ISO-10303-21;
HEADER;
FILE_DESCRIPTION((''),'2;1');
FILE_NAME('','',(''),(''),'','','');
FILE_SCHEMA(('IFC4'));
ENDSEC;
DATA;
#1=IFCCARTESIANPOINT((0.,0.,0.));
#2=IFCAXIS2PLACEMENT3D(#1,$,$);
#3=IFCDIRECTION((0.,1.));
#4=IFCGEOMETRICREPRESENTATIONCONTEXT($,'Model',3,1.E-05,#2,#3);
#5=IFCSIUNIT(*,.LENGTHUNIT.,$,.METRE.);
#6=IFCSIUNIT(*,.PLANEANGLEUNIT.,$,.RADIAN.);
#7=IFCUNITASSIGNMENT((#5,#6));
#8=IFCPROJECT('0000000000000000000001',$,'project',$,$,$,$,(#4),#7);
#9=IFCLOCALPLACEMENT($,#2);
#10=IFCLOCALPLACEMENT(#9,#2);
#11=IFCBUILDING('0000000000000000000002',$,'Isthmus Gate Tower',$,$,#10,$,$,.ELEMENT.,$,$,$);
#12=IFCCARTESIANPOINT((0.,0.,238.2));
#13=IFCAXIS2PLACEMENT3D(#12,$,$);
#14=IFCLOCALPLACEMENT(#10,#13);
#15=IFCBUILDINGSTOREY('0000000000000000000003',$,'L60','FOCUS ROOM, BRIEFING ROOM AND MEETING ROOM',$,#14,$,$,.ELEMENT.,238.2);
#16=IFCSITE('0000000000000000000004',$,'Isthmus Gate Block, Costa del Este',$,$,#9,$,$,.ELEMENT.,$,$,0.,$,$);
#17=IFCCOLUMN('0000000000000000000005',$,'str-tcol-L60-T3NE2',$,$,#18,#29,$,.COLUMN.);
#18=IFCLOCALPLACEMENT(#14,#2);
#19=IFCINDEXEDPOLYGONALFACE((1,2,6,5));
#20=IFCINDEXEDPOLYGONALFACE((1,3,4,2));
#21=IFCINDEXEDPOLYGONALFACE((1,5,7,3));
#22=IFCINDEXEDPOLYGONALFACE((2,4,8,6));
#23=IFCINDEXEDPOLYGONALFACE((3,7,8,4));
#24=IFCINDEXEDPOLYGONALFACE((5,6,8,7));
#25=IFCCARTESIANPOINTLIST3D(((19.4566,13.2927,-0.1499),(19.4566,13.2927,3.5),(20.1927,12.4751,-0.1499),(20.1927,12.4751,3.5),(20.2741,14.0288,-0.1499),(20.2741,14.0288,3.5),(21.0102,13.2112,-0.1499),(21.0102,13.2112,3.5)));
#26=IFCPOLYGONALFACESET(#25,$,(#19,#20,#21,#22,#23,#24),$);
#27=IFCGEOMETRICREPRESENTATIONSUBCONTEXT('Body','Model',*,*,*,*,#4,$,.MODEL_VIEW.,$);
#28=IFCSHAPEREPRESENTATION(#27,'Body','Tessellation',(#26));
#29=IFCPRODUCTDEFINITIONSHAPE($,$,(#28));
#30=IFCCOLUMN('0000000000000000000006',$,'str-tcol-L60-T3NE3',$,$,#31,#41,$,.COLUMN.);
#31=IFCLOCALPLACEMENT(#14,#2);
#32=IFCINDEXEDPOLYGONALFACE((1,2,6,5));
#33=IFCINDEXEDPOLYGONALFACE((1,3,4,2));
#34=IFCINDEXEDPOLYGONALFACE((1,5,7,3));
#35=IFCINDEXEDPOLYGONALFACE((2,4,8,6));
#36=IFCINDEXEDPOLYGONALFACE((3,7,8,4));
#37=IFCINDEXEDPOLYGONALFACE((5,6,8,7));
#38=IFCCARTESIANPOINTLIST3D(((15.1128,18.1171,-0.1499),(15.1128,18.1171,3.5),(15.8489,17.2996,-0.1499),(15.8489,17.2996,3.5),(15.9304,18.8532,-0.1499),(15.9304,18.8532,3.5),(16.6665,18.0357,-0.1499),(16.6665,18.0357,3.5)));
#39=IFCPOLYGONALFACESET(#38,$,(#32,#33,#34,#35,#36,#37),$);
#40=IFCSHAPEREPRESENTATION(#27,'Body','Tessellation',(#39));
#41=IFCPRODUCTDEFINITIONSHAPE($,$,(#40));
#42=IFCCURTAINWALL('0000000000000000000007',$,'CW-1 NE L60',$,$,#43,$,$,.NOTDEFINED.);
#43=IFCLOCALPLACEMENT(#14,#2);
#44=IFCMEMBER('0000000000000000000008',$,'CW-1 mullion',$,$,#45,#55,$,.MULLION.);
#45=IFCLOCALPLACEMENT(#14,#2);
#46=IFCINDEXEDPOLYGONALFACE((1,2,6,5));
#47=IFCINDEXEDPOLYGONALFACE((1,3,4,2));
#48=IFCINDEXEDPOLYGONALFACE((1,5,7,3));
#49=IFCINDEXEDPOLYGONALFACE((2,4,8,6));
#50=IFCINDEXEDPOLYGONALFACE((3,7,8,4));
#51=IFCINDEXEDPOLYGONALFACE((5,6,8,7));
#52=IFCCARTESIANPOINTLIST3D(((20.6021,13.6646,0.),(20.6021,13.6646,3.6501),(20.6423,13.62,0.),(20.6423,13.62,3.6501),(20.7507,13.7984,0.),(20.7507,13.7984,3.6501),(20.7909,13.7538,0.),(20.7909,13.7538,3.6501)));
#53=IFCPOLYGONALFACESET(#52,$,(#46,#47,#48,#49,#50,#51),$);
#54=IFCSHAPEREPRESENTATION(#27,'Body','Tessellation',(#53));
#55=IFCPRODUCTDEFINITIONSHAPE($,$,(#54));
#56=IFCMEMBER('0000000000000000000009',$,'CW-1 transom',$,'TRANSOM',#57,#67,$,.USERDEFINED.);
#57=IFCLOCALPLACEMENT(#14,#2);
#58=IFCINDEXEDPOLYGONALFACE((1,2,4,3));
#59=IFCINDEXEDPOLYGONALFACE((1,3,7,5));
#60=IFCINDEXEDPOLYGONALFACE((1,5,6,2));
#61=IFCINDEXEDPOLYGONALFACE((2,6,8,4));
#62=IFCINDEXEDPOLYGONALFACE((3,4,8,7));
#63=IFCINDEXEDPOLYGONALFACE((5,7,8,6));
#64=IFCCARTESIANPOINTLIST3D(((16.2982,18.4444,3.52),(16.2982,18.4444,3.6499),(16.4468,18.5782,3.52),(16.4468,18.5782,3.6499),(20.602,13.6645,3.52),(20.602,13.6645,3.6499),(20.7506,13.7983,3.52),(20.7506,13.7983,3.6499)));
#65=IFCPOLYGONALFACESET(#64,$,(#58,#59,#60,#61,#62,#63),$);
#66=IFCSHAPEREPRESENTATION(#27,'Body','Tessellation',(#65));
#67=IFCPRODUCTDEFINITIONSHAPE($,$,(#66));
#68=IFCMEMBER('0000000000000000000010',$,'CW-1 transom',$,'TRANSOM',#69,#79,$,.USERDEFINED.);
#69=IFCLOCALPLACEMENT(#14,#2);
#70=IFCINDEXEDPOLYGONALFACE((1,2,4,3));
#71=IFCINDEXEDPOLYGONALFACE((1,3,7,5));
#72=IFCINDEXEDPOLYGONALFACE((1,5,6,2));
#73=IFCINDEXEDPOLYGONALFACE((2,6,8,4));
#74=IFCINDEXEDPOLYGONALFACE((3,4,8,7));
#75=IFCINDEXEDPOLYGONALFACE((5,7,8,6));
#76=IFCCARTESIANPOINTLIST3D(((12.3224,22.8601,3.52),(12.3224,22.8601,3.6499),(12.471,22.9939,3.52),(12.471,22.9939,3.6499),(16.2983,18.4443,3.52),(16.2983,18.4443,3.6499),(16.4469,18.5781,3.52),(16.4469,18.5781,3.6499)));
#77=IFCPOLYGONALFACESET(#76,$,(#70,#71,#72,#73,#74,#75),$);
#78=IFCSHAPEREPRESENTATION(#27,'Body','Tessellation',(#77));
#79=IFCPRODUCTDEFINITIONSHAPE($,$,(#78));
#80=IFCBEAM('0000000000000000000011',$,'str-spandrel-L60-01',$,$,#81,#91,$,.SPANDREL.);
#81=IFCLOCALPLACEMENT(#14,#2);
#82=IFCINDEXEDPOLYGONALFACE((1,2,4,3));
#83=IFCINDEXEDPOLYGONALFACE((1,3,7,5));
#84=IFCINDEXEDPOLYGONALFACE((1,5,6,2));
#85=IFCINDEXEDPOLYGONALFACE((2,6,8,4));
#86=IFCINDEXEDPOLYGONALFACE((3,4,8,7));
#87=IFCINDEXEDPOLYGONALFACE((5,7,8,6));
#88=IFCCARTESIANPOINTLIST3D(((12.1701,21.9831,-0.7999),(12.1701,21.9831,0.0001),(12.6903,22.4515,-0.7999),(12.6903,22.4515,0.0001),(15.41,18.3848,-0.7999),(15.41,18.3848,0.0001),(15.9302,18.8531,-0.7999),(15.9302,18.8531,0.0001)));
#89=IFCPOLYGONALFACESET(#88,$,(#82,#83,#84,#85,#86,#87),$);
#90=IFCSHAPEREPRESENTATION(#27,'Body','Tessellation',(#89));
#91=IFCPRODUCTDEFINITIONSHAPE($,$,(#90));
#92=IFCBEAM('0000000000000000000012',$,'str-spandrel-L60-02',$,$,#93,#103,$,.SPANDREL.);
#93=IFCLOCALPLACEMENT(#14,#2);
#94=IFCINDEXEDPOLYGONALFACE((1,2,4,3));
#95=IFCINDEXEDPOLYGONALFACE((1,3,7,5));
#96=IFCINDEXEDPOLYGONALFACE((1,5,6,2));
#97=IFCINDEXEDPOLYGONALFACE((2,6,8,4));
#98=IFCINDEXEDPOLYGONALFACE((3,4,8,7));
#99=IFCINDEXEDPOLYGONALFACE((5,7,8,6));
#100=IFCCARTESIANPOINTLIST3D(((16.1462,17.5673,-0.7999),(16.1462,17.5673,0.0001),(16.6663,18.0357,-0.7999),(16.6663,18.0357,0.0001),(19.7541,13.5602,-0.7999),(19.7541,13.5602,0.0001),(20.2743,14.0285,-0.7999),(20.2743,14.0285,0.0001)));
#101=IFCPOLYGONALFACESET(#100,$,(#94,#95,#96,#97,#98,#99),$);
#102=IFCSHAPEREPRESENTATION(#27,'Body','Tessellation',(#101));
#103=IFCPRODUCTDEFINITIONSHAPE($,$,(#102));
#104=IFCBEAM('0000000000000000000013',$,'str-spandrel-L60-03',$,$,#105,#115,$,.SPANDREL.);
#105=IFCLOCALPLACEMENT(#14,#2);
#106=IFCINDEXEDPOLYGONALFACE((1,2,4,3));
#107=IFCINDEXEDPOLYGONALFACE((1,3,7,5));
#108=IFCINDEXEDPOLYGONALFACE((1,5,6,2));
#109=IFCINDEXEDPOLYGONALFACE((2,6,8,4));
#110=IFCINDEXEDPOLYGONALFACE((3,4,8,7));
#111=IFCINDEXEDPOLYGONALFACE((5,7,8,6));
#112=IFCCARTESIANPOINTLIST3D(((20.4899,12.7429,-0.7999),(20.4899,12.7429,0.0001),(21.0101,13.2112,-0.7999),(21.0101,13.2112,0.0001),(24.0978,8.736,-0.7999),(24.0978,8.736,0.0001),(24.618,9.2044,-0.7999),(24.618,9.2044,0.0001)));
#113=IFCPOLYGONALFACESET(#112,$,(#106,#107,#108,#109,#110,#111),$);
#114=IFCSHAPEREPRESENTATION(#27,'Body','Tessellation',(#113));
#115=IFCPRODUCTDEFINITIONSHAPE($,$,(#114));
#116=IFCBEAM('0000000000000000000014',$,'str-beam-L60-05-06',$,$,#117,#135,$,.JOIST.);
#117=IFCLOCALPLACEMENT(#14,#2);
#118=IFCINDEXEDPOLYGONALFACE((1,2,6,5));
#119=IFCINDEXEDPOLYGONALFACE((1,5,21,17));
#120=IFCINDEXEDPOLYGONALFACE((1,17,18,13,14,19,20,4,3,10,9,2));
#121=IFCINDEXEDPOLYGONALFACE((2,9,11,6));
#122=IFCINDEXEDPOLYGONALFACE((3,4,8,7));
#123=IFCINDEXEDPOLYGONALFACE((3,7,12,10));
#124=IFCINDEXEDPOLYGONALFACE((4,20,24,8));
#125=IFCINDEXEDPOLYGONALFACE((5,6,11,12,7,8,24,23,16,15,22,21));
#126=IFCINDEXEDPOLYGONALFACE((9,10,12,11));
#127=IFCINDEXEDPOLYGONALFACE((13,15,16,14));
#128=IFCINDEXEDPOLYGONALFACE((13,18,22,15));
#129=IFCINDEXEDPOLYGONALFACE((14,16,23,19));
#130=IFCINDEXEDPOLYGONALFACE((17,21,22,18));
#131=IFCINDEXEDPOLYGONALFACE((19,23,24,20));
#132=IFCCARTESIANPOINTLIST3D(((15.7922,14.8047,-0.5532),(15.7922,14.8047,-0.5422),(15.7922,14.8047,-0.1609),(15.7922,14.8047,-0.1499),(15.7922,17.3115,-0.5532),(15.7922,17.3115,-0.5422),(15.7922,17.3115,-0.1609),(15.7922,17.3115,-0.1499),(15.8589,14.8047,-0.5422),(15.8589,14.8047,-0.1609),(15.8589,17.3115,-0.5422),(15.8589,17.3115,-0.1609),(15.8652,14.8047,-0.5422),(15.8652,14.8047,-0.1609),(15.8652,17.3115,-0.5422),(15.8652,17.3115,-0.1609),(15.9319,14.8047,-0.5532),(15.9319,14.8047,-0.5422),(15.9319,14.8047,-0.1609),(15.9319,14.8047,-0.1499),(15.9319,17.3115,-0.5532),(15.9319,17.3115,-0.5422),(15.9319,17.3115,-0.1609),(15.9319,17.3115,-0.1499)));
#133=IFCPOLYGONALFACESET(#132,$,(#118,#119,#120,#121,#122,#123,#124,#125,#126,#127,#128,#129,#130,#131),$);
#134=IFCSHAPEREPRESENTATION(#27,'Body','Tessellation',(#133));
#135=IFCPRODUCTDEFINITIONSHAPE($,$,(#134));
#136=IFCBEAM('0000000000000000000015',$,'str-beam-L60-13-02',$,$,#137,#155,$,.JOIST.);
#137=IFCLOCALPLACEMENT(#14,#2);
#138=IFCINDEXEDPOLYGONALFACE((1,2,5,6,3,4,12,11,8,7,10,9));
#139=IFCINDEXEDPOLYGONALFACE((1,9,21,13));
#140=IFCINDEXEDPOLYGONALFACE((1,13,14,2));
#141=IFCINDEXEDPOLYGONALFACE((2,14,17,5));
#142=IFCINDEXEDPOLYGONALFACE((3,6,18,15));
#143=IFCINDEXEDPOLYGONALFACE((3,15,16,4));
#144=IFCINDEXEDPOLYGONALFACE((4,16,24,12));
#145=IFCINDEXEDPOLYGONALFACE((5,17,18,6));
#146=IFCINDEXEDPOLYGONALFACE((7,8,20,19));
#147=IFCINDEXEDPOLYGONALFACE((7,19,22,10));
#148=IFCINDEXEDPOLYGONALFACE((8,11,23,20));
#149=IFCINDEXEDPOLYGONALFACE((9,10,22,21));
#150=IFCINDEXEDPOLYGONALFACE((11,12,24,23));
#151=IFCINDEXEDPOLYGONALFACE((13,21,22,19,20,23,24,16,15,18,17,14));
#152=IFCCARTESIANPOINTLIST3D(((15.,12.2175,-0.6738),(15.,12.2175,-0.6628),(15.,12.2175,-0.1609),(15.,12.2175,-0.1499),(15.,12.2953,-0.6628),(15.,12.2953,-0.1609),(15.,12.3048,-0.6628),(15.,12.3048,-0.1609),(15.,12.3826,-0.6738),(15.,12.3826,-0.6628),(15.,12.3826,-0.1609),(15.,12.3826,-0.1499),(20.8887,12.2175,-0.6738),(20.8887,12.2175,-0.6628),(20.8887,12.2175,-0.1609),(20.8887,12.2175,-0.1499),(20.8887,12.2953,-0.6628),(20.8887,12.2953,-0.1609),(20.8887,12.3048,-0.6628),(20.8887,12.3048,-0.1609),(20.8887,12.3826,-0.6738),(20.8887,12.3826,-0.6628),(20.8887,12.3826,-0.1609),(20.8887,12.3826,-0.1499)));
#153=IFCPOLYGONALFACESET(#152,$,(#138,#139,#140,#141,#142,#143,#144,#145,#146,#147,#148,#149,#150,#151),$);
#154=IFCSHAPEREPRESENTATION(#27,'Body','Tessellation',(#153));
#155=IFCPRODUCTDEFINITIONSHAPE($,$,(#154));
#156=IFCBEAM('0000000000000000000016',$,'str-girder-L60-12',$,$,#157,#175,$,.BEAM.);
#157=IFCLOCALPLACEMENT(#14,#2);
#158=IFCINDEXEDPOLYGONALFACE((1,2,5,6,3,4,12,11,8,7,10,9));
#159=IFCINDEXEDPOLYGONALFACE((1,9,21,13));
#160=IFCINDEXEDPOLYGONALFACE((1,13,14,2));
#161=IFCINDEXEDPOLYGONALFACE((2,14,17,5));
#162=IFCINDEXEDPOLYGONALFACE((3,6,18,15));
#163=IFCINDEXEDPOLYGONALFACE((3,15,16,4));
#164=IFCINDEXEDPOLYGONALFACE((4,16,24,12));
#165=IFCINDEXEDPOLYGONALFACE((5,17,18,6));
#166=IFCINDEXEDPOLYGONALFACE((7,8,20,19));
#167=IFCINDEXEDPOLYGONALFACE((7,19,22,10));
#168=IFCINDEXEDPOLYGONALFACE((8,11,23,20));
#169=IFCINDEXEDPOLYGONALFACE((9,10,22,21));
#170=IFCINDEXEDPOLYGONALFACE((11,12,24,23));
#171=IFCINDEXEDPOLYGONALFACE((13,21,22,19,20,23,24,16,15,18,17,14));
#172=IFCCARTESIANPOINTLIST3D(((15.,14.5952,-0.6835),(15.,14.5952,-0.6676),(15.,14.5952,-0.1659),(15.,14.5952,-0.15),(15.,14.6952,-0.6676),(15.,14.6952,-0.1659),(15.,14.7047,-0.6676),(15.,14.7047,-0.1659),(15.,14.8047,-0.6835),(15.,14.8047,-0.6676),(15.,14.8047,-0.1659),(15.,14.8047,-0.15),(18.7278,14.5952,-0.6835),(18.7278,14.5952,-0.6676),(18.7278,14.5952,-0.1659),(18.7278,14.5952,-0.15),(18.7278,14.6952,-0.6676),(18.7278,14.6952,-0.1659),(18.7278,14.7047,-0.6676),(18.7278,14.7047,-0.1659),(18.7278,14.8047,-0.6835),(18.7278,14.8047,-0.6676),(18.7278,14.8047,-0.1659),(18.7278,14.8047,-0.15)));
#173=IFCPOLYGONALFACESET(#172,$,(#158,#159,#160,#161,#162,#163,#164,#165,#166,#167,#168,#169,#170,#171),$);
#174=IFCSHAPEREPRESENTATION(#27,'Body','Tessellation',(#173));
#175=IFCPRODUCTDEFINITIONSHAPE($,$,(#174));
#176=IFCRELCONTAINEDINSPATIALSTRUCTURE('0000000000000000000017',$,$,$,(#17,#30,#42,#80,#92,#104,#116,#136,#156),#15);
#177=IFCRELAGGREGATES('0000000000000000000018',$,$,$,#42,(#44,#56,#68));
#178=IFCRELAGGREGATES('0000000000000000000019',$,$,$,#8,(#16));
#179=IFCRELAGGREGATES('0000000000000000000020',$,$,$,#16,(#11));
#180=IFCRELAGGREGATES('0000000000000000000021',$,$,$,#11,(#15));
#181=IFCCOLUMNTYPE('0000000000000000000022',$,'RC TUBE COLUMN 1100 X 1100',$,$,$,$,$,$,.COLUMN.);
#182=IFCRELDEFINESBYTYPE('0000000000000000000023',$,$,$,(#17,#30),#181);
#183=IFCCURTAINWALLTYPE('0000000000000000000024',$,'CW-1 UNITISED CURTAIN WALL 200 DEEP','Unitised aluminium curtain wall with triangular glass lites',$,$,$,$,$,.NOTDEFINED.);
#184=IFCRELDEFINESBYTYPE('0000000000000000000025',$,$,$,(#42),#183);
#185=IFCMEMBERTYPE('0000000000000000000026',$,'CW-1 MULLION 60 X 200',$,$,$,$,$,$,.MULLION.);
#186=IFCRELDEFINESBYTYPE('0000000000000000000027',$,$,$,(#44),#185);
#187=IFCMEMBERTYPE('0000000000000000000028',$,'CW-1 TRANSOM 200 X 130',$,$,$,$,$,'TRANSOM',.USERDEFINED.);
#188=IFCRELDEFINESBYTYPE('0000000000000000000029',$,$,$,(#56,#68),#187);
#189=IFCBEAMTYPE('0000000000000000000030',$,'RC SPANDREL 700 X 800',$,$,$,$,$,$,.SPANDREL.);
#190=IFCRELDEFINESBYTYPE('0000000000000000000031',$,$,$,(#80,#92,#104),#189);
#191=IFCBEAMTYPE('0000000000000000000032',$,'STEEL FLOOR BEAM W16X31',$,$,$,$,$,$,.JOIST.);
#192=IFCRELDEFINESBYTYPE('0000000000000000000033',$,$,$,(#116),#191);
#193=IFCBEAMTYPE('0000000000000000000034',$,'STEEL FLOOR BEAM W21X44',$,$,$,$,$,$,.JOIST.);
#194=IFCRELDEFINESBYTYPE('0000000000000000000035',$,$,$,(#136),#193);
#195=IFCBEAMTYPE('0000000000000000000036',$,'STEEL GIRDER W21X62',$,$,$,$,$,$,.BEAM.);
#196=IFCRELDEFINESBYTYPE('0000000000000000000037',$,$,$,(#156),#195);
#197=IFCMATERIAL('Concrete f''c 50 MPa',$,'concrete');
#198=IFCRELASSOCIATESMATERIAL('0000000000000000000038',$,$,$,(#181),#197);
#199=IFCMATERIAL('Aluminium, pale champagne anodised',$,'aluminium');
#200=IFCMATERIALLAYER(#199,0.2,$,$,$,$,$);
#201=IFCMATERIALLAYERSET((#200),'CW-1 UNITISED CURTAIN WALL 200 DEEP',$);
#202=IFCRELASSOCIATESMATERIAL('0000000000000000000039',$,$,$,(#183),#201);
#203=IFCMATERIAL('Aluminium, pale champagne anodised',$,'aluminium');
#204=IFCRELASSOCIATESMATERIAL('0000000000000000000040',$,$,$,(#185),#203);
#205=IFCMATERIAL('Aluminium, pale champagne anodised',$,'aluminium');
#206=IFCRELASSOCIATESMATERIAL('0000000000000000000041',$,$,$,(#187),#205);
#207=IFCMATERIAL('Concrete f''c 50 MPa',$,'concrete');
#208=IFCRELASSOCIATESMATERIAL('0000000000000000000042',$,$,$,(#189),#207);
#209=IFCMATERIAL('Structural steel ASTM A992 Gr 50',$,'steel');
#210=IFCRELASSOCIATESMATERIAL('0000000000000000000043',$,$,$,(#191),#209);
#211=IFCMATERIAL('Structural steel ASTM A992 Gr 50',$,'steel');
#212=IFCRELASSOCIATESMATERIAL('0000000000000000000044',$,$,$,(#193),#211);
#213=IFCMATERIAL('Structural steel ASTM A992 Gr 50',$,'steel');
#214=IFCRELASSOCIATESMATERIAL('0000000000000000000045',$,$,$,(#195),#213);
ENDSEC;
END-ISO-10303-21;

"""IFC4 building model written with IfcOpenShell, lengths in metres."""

from ifc_helpers import new_model, si_unit, direction, frame, origin, origin_2d, place, context, subcontext, project, spatial, rectangle, i_section, extrude, material, layer, layer_set, material_profile, profile_set, type_object, element, aggregate, save


model = new_model("IFC4")

# Units and contexts
model_context = context("Model", 3, precision=1e-05, world=origin(), true_north=direction((0.0, 1.0)))
body_context = subcontext(model_context, "Body", "Model", "MODEL_VIEW")
ifc_project = project(units=[si_unit("LENGTHUNIT", "METRE"), si_unit("PLANEANGLEUNIT", "RADIAN")], contexts=[model_context])

# Site, building, storey
site_placement = place(None, origin())
site = spatial("IfcSite", under=ifc_project, at=site_placement, Name="Isthmus Gate Block, Costa del Este", CompositionType="ELEMENT", RefElevation=0.0)
building_placement = place(site_placement, origin())
building = spatial("IfcBuilding", under=site, at=building_placement, Name="Isthmus Gate Tower", CompositionType="ELEMENT")
storey_placement = place(building_placement, frame((0.0, 0.0, 238.2)))
storey = spatial("IfcBuildingStorey", under=building, at=storey_placement, Name="L60", Description="FOCUS ROOM, BRIEFING ROOM AND MEETING ROOM", CompositionType="ELEMENT", Elevation=238.2)

# Columns
ifc_material_1 = material(Name="Concrete f'c 50 MPa", Category="concrete")
ifc_material_profile_1 = material_profile(ifc_material_1, rectangle(XDim=1.1001, YDim=1.1001, at=origin_2d()), Name="RC 1100X1100")
ifc_profile_set_1 = profile_set([ifc_material_profile_1], Name="Concrete f'c 50 MPa")
column_type = type_object("IfcColumnType", Name="RC TUBE COLUMN 1100 X 1100", PredefinedType="COLUMN", material=ifc_profile_set_1)
for number, where, z_axis, x_axis, name in (
    (1, (20.2334, 13.252, -0.1499), (0.0, 0.0, 1.0), (-0.669131, 0.743145, 0.0), "str-tcol-L60-T3NE2"),
    (2, (15.8896, 18.0764, -0.1499), (0.0, 0.0, 1.0), (-0.669131, 0.743145, 0.0), "str-tcol-L60-T3NE3"),
):
    element("IfcColumn", number, at=place(storey_placement, frame(where, z_axis=z_axis, x_axis=x_axis)), inside=storey, type_object=column_type, Name=name, PredefinedType="COLUMN", context=body_context, shape_type="SweptSolid", body=[
        extrude(rectangle(XDim=1.1001, YDim=1.1001, at=origin_2d()), origin(), (0.0, 0.0, 1.0), 3.6499),
    ])

# Curtain wall, members
ifc_material_2 = material(Name="Aluminium, pale champagne anodised", Category="aluminium")
ifc_layer_1 = layer(ifc_material_2, 0.2)
ifc_layer_set_1 = layer_set([ifc_layer_1], Name="CW-1 UNITISED CURTAIN WALL 200 DEEP")
curtain_wall_type = type_object("IfcCurtainWallType", Name="CW-1 UNITISED CURTAIN WALL 200 DEEP", Description="Unitised aluminium curtain wall with triangular glass lites", PredefinedType="NOTDEFINED", material=ifc_layer_set_1)
curtain_wall_placement = place(storey_placement, origin())
curtain_wall = element("IfcCurtainWall", 3, at=curtain_wall_placement, inside=storey, type_object=curtain_wall_type, Name="CW-1 NE L60", PredefinedType="NOTDEFINED")
ifc_material_3 = material(Name="Aluminium, pale champagne anodised", Category="aluminium")
ifc_material_profile_2 = material_profile(ifc_material_3, rectangle(XDim=0.0601, YDim=0.2, at=origin_2d()), Name="60x200")
ifc_profile_set_2 = profile_set([ifc_material_profile_2], Name="Aluminium, pale champagne anodised")
member_type_1 = type_object("IfcMemberType", Name="CW-1 MULLION 60 X 200", PredefinedType="MULLION", material=ifc_profile_set_2)
member_1_placement = place(storey_placement, frame((20.6965, 13.7092, 0.0), z_axis=(0.0, 0.0, 1.0), x_axis=(-0.669131, 0.743145, 0.0)))
member_1 = element("IfcMember", 4, at=member_1_placement, type_object=member_type_1, Name="CW-1 mullion", PredefinedType="MULLION", context=body_context, shape_type="SweptSolid", body=[
    extrude(rectangle(XDim=0.0601, YDim=0.2, at=origin_2d()), origin(), (0.0, 0.0, 1.0), 3.6501),
])
ifc_material_4 = material(Name="Aluminium, pale champagne anodised", Category="aluminium")
ifc_material_profile_3 = material_profile(ifc_material_4, rectangle(XDim=0.2, YDim=0.1299, at=origin_2d()), Name="200x130")
ifc_profile_set_3 = profile_set([ifc_material_profile_3], Name="Aluminium, pale champagne anodised")
member_type_2 = type_object("IfcMemberType", Name="CW-1 TRANSOM 200 X 130", ElementType="TRANSOM", PredefinedType="USERDEFINED", material=ifc_profile_set_3)
member_2_placement = place(storey_placement, frame((20.6763, 13.7314, 3.585), z_axis=(-0.669128, 0.743147, 0.0), x_axis=(-0.743147, -0.669128, 0.0)))
member_2 = element("IfcMember", 5, at=member_2_placement, type_object=member_type_2, Name="CW-1 transom", ObjectType="TRANSOM", PredefinedType="USERDEFINED", context=body_context, shape_type="SweptSolid", body=[
    extrude(rectangle(XDim=0.2, YDim=0.1299, at=origin_2d()), origin(), (0.0, 0.0, 1.0), 6.4319),
])
member_3_placement = place(storey_placement, frame((16.3726, 18.5112, 3.585), z_axis=(-0.669117, 0.743157, 0.0), x_axis=(-0.743157, -0.669117, 0.0)))
member_3 = element("IfcMember", 6, at=member_3_placement, type_object=member_type_2, Name="CW-1 transom", ObjectType="TRANSOM", PredefinedType="USERDEFINED", context=body_context, shape_type="SweptSolid", body=[
    extrude(rectangle(XDim=0.2, YDim=0.1299, at=origin_2d()), origin(), (0.0, 0.0, 1.0), 5.9419),
])

# Beams
ifc_material_5 = material(Name="Concrete f'c 50 MPa", Category="concrete")
ifc_material_profile_4 = material_profile(ifc_material_5, rectangle(XDim=0.7, YDim=0.8, at=origin_2d()), Name="RC 700X800")
ifc_profile_set_4 = profile_set([ifc_material_profile_4], Name="Concrete f'c 50 MPa")
beam_type_1 = type_object("IfcBeamType", Name="RC SPANDREL 700 X 800", PredefinedType="SPANDREL", material=ifc_profile_set_4)
beam_1_placement = place(storey_placement, frame((12.4302, 22.2173, -0.3999), z_axis=(0.669129, -0.743146, 0.0), x_axis=(0.743146, 0.669129, 0.0)))
element("IfcBeam", 7, at=beam_1_placement, inside=storey, type_object=beam_type_1, Name="str-spandrel-L60-01", PredefinedType="SPANDREL", context=body_context, shape_type="SweptSolid", body=[
    extrude(rectangle(XDim=0.7, YDim=0.8, at=origin_2d()), origin(), (0.0, 0.0, 1.0), 4.842),
])
beam_2_placement = place(storey_placement, frame((16.4062, 17.8015, -0.3999), z_axis=(0.669122, -0.743152, 0.0), x_axis=(0.743152, 0.669122, 0.0)))
element("IfcBeam", 8, at=beam_2_placement, inside=storey, type_object=beam_type_1, Name="str-spandrel-L60-02", PredefinedType="SPANDREL", context=body_context, shape_type="SweptSolid", body=[
    extrude(rectangle(XDim=0.7, YDim=0.8, at=origin_2d()), origin(), (0.0, 0.0, 1.0), 5.3921),
])
beam_3_placement = place(storey_placement, frame((20.75, 12.9771, -0.3999), z_axis=(0.669145, -0.743132, 0.0), x_axis=(0.743132, 0.669145, 0.0)))
element("IfcBeam", 9, at=beam_3_placement, inside=storey, type_object=beam_type_1, Name="str-spandrel-L60-03", PredefinedType="SPANDREL", context=body_context, shape_type="SweptSolid", body=[
    extrude(rectangle(XDim=0.7, YDim=0.8, at=origin_2d()), origin(), (0.0, 0.0, 1.0), 5.3918),
])
ifc_material_6 = material(Name="Structural steel ASTM A992 Gr 50", Category="steel")
ifc_material_profile_5 = material_profile(ifc_material_6, i_section(OverallWidth=0.1396, OverallDepth=0.4033, WebThickness=0.0063, FlangeThickness=0.011, at=origin_2d()), Name="W16X31")
ifc_profile_set_5 = profile_set([ifc_material_profile_5], Name="Structural steel ASTM A992 Gr 50")
beam_type_2 = type_object("IfcBeamType", Name="STEEL FLOOR BEAM W16X31", PredefinedType="JOIST", material=ifc_profile_set_5)
beam_4_placement = place(storey_placement, frame((15.8621, 14.8047, -0.3516), z_axis=(0.0, 1.0, 0.0), x_axis=(-1.0, 0.0, 0.0)))
element("IfcBeam", 10, at=beam_4_placement, inside=storey, type_object=beam_type_2, Name="str-beam-L60-05-06", PredefinedType="JOIST", context=body_context, shape_type="SweptSolid", body=[
    extrude(i_section(OverallWidth=0.1396, OverallDepth=0.4033, WebThickness=0.0063, FlangeThickness=0.011, at=origin_2d()), origin(), (0.0, 0.0, 1.0), 2.5068),
])
ifc_material_7 = material(Name="Structural steel ASTM A992 Gr 50", Category="steel")
ifc_material_profile_6 = material_profile(ifc_material_7, i_section(OverallWidth=0.165, OverallDepth=0.5239, WebThickness=0.0095, FlangeThickness=0.011, at=origin_2d()), Name="W21X44")
ifc_profile_set_6 = profile_set([ifc_material_profile_6], Name="Structural steel ASTM A992 Gr 50")
beam_type_3 = type_object("IfcBeamType", Name="STEEL FLOOR BEAM W21X44", PredefinedType="JOIST", material=ifc_profile_set_6)
beam_5_placement = place(storey_placement, frame((15.0, 12.3, -0.4119), z_axis=(1.0, 0.0, 0.0), x_axis=(0.0, 1.0, 0.0)))
element("IfcBeam", 11, at=beam_5_placement, inside=storey, type_object=beam_type_3, Name="str-beam-L60-13-02", PredefinedType="JOIST", context=body_context, shape_type="SweptSolid", body=[
    extrude(i_section(OverallWidth=0.165, OverallDepth=0.5239, WebThickness=0.0095, FlangeThickness=0.011, at=origin_2d()), origin(), (0.0, 0.0, 1.0), 5.8887),
])
ifc_material_8 = material(Name="Structural steel ASTM A992 Gr 50", Category="steel")
ifc_material_profile_7 = material_profile(ifc_material_8, i_section(OverallWidth=0.2095, OverallDepth=0.5334, WebThickness=0.0095, FlangeThickness=0.0159, at=origin_2d()), Name="W21X62")
ifc_profile_set_7 = profile_set([ifc_material_profile_7], Name="Structural steel ASTM A992 Gr 50")
beam_type_4 = type_object("IfcBeamType", Name="STEEL GIRDER W21X62", PredefinedType="BEAM", material=ifc_profile_set_7)
beam_6_placement = place(storey_placement, frame((15.0, 14.7, -0.4167), z_axis=(1.0, 0.0, 0.0), x_axis=(0.0, 1.0, 0.0)))
element("IfcBeam", 12, at=beam_6_placement, inside=storey, type_object=beam_type_4, Name="str-girder-L60-12", PredefinedType="BEAM", context=body_context, shape_type="SweptSolid", body=[
    extrude(i_section(OverallWidth=0.2095, OverallDepth=0.5334, WebThickness=0.0095, FlangeThickness=0.0159, at=origin_2d()), origin(), (0.0, 0.0, 1.0), 3.7278),
])

aggregate(curtain_wall, [member_1, member_2, member_3])

save(model, "model.ifc")
